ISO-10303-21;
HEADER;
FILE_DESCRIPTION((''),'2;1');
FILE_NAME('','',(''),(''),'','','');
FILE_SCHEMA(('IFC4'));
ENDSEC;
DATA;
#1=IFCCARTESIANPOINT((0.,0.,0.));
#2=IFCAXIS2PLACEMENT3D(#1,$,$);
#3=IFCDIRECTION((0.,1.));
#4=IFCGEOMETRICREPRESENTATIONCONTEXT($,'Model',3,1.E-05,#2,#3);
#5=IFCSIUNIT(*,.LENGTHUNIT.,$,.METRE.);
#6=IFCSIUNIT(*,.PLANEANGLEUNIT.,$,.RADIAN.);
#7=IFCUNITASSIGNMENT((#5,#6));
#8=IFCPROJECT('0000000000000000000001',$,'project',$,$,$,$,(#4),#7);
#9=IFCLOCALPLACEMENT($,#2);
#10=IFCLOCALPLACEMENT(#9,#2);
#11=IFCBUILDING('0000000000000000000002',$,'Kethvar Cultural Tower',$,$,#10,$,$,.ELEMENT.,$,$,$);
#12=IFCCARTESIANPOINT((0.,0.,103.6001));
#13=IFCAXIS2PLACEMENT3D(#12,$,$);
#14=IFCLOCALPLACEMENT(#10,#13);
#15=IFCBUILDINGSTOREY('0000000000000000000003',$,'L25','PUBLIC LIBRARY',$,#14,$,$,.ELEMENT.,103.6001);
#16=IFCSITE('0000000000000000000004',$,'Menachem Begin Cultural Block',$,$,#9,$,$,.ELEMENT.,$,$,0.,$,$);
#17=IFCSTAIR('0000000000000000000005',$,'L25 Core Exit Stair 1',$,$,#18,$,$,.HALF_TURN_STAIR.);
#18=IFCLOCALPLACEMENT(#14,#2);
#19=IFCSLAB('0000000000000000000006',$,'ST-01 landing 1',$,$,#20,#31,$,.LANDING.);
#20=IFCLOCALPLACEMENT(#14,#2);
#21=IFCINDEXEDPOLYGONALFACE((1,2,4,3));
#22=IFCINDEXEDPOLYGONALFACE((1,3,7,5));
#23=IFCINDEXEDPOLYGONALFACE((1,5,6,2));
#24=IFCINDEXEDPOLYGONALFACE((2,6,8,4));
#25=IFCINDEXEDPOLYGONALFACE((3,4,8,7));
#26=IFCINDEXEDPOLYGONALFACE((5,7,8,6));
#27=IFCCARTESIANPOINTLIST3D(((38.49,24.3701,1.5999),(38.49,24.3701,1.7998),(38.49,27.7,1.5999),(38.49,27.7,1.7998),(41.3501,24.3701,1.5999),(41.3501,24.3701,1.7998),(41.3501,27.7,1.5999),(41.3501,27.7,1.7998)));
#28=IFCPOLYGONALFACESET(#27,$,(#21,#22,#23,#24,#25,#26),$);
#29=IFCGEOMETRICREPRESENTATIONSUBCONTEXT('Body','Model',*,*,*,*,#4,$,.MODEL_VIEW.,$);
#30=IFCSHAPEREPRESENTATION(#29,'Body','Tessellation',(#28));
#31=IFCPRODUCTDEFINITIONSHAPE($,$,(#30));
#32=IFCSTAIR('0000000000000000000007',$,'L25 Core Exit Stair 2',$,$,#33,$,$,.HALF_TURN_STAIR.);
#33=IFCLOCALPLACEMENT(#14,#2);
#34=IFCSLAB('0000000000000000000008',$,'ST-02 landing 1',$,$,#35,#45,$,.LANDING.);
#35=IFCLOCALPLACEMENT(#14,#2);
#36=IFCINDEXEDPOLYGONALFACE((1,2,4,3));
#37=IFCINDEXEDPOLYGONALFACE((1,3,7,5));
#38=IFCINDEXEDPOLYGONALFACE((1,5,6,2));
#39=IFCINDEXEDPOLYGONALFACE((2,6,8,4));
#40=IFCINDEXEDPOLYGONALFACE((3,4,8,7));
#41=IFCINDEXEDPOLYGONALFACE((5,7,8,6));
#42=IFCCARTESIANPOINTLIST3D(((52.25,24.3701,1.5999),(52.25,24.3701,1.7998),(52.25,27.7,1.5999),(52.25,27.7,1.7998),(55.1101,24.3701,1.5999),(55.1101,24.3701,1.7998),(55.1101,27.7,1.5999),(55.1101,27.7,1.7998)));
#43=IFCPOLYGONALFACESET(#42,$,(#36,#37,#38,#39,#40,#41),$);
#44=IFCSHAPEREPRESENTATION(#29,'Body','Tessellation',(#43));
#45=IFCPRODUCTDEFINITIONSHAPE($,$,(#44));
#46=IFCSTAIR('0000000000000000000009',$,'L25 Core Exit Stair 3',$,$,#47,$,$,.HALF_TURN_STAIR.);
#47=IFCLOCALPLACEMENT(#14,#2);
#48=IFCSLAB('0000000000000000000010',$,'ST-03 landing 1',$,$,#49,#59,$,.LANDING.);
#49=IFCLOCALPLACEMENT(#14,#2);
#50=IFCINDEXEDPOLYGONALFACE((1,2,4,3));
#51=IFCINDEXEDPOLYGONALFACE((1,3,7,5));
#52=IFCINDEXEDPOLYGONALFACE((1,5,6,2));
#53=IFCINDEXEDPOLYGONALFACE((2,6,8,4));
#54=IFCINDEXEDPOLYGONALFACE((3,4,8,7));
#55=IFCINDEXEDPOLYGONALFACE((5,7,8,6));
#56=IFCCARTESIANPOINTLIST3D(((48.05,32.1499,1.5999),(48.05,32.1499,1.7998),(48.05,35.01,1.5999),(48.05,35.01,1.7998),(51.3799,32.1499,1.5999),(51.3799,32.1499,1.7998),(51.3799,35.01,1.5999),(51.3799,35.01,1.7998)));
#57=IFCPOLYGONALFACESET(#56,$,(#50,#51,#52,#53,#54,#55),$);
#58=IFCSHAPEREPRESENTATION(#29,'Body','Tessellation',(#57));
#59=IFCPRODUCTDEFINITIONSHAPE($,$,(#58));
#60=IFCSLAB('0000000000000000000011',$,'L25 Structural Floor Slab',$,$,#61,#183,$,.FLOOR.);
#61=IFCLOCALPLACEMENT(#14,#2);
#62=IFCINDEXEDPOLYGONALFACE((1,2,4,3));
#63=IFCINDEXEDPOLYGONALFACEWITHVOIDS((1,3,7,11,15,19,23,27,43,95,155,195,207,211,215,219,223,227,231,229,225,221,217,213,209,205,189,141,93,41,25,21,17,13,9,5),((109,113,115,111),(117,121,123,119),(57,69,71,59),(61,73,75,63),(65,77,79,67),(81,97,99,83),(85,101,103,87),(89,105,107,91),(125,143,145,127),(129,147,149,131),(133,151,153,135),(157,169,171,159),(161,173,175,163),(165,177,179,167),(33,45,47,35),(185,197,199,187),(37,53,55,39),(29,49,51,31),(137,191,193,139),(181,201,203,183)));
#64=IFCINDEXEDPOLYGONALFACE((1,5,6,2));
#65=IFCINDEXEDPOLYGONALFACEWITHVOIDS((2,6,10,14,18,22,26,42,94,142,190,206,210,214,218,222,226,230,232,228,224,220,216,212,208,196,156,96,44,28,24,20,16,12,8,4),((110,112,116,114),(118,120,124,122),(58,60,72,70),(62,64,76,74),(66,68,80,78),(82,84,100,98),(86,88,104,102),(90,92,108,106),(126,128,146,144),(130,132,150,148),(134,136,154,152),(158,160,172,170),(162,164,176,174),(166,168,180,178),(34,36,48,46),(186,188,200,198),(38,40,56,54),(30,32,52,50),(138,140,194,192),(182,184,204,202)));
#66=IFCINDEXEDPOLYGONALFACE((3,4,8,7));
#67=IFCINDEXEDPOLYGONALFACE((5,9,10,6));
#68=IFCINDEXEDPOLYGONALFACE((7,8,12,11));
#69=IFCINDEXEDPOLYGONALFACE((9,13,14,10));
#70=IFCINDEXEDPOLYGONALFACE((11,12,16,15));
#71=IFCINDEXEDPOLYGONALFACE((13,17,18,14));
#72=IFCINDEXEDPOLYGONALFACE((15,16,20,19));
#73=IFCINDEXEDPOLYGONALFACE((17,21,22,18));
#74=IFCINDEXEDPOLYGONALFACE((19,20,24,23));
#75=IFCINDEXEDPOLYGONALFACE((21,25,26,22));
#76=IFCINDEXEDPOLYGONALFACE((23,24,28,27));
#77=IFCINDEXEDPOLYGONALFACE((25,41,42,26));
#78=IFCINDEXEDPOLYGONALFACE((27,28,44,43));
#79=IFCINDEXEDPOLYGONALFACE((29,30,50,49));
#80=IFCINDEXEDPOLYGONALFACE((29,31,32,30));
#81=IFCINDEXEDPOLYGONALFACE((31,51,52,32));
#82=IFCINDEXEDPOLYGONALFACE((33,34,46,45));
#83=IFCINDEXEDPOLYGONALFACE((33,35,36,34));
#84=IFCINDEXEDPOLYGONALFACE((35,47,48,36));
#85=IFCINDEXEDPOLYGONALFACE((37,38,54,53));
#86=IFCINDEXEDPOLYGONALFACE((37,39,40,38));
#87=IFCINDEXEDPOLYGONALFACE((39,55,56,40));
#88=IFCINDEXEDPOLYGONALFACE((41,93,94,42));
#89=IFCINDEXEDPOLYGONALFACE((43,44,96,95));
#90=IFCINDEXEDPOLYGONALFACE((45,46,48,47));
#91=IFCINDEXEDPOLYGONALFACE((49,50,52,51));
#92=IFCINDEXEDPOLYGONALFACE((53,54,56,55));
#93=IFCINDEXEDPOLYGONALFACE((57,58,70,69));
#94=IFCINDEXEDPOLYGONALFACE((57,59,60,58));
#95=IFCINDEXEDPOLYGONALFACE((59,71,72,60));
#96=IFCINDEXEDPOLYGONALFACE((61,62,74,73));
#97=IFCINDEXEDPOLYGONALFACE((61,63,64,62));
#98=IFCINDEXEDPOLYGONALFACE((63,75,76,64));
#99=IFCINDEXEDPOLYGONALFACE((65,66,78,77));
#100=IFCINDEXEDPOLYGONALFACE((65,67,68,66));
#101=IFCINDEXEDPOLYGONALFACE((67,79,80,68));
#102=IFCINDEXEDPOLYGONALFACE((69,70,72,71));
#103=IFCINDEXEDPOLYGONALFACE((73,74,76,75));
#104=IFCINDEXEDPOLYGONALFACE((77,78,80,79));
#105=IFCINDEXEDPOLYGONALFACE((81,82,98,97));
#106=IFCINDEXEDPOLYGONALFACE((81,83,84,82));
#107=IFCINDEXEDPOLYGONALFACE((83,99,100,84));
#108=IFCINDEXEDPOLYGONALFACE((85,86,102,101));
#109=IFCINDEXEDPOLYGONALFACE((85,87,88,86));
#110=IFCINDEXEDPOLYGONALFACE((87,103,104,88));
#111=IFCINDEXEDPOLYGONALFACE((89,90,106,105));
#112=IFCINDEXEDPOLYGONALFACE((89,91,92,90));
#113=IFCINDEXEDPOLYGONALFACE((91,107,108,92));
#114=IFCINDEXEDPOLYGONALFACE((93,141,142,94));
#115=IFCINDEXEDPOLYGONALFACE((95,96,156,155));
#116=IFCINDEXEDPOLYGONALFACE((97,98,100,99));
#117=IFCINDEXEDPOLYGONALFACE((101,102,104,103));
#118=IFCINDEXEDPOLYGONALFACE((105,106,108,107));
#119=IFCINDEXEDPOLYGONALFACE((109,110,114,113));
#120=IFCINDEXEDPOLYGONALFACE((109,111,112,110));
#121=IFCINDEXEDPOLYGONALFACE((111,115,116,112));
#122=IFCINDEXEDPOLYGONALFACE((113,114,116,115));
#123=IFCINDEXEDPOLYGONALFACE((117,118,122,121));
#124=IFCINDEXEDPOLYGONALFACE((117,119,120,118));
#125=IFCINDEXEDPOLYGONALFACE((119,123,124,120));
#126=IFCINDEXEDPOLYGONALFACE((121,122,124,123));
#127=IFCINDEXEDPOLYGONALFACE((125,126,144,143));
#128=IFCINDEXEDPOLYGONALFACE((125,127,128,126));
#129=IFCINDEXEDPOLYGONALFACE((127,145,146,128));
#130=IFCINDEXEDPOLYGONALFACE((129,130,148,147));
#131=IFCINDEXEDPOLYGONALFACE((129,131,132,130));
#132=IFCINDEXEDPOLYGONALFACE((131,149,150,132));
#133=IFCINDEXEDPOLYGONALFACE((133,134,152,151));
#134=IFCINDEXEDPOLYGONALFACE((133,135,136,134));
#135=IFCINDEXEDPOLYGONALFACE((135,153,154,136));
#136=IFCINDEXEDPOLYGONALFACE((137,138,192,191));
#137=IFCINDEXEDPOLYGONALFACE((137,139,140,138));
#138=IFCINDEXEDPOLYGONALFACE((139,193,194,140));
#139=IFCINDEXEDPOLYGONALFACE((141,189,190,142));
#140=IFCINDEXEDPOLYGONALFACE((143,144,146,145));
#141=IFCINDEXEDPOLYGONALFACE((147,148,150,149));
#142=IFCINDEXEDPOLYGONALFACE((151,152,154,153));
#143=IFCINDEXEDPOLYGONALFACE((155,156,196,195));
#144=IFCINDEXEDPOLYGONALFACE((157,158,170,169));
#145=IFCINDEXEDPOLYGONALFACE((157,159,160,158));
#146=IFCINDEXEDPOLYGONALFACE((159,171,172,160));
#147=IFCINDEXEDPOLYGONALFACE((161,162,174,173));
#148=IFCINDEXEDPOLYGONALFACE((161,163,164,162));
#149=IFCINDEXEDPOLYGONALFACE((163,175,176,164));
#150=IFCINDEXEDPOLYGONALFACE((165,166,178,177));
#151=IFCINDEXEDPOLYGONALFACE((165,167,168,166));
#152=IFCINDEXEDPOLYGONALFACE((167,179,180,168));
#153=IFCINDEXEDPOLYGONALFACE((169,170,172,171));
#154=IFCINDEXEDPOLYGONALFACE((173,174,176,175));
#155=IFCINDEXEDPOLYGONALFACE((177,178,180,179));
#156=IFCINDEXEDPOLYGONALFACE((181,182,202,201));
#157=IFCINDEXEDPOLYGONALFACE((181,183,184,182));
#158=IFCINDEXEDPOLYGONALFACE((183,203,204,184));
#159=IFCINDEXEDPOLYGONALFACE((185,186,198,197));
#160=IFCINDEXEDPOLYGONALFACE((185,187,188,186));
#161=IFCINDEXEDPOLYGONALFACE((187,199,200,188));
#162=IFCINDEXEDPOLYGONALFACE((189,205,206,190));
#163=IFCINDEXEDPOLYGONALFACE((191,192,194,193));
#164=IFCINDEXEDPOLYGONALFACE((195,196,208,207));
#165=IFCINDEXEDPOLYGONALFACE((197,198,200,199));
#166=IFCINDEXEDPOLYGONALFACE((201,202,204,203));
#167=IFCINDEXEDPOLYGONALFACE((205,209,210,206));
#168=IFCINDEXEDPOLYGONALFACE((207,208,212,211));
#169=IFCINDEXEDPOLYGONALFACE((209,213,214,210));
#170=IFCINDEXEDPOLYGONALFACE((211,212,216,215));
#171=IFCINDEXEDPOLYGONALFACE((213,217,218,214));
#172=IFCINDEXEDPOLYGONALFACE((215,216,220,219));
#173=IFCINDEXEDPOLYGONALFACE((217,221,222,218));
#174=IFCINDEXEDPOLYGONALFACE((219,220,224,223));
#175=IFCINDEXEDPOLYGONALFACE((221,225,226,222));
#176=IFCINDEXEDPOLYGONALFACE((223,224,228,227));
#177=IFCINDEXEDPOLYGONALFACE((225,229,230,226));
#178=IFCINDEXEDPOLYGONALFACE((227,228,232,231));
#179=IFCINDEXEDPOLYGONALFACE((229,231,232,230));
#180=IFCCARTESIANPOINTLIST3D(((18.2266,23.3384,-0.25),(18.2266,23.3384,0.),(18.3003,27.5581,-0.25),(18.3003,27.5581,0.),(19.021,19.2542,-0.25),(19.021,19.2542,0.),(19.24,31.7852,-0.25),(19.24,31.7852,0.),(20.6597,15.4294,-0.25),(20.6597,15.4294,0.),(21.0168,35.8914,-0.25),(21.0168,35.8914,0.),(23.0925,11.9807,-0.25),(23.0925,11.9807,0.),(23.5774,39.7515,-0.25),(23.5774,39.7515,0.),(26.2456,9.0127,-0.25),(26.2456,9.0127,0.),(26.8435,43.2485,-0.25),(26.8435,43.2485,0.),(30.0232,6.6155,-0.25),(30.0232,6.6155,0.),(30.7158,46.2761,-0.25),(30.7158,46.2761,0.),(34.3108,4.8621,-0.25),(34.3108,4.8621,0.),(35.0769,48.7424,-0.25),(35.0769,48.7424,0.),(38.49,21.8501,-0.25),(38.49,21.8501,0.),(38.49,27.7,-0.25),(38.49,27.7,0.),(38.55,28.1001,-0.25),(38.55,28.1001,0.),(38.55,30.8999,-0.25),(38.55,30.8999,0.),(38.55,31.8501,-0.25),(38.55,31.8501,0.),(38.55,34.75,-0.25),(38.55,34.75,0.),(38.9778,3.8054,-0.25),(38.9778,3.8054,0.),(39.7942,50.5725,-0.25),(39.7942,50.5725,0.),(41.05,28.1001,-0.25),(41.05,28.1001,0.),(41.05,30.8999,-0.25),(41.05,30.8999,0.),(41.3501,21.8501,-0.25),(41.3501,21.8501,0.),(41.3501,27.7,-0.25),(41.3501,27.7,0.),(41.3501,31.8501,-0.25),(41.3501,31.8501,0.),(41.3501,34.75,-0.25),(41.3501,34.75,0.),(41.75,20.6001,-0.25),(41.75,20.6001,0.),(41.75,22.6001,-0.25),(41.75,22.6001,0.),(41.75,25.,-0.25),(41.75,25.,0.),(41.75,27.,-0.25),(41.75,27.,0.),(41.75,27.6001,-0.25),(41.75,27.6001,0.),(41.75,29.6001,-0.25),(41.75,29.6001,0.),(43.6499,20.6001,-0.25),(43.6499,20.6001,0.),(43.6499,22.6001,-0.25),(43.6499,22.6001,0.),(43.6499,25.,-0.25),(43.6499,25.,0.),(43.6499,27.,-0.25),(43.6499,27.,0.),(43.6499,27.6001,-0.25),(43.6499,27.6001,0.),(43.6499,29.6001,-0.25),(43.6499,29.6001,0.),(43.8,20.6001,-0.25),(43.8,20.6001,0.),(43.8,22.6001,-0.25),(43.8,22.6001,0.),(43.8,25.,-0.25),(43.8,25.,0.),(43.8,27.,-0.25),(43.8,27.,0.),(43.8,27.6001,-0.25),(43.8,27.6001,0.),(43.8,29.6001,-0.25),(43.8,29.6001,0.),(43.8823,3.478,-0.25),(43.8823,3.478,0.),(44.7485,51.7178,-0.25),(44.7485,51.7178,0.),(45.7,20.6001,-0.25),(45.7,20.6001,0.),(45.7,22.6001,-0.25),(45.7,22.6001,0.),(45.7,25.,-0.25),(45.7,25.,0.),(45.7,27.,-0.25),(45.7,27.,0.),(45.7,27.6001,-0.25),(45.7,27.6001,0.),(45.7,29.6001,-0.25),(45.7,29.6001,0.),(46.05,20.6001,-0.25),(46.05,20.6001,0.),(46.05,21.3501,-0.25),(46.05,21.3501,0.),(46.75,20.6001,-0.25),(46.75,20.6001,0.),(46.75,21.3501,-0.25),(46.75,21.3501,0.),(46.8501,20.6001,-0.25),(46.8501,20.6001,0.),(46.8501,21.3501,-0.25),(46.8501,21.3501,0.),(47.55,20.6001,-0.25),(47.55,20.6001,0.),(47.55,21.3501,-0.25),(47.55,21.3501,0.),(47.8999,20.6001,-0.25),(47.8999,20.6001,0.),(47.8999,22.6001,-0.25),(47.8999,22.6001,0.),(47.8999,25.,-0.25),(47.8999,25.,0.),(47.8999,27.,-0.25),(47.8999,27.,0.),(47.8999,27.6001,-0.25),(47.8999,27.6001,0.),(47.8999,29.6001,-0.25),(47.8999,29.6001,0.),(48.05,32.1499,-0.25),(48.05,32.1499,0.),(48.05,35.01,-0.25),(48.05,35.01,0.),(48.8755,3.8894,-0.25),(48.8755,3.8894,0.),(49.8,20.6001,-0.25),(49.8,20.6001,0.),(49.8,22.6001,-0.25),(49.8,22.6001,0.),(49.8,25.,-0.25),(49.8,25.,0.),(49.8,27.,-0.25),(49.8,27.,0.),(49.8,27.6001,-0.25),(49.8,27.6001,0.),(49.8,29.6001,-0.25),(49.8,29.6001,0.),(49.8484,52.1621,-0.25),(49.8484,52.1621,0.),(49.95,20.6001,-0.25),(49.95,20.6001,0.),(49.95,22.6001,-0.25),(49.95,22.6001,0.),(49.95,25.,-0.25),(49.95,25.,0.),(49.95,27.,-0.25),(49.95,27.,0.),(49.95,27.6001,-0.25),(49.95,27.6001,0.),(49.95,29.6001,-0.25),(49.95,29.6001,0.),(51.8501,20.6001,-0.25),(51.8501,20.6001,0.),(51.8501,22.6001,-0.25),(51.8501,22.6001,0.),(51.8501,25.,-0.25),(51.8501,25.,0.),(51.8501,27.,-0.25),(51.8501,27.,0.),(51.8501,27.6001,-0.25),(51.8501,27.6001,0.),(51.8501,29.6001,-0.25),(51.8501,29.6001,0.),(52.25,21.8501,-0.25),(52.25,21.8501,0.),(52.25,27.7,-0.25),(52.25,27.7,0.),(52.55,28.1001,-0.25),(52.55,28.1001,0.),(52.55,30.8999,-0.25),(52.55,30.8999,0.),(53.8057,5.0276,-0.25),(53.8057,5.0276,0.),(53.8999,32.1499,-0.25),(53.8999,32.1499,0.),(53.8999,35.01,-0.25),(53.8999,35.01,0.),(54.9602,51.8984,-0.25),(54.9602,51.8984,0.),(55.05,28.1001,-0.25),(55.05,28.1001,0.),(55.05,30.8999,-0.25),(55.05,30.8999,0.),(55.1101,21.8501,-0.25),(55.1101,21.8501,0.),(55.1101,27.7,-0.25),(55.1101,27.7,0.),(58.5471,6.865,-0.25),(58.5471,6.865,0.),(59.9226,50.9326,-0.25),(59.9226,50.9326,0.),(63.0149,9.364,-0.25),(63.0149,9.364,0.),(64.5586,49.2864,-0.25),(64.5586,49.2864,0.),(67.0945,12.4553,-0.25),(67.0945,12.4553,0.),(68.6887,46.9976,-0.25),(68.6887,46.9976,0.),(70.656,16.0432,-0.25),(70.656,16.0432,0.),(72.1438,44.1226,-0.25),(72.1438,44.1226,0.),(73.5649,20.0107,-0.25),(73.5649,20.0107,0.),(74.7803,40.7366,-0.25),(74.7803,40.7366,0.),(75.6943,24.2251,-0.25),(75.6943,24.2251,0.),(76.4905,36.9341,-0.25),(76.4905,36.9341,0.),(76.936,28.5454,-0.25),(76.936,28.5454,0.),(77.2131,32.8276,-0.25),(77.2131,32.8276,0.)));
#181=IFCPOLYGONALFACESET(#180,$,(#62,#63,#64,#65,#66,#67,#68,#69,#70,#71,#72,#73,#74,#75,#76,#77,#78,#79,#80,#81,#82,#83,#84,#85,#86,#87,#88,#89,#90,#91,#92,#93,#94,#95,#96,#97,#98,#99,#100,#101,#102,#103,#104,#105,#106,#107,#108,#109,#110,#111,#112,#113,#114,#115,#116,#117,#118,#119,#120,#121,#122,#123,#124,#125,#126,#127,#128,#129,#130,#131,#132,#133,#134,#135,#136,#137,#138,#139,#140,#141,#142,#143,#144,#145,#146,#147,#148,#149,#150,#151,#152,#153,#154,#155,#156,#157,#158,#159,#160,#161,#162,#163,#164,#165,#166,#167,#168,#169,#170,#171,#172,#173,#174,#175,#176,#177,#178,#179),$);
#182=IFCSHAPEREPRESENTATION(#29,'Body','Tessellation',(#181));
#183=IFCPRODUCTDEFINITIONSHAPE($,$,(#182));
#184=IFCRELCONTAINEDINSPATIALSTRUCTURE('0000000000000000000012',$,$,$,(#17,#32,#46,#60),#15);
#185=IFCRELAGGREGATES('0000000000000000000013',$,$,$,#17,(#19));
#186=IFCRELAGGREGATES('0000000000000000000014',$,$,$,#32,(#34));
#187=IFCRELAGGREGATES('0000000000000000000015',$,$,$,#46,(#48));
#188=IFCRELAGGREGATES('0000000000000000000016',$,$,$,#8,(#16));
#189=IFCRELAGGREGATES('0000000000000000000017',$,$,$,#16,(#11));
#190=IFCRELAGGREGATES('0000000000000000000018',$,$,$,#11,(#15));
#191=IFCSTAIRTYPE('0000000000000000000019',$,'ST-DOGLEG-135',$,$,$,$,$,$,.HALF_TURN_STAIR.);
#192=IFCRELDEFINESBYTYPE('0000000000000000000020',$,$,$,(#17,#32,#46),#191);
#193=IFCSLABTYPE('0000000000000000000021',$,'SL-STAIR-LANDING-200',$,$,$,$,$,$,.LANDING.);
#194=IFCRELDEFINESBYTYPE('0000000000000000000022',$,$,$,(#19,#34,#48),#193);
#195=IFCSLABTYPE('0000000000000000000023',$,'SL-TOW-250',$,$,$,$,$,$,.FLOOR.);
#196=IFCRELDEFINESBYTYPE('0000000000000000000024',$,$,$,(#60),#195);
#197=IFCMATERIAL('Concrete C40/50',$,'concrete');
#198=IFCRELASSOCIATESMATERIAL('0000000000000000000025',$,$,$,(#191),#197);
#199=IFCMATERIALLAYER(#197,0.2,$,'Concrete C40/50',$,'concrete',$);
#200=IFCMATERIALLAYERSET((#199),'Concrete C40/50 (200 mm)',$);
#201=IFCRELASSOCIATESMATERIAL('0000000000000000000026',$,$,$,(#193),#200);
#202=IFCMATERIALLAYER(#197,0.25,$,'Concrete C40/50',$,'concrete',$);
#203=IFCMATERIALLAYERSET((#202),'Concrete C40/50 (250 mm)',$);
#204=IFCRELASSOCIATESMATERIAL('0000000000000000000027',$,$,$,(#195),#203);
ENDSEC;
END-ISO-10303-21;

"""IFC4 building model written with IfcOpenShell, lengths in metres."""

from ifc_helpers import new_model, si_unit, direction, frame, origin, place, context, subcontext, project, spatial, polyline, outline, extrude, material, layer, layer_set, type_object, element, aggregate, save


model = new_model("IFC4")

# Units and contexts
model_context = context("Model", 3, precision=1e-05, world=origin(), true_north=direction((0.0, 1.0)))
body_context = subcontext(model_context, "Body", "Model", "MODEL_VIEW")
ifc_project = project(units=[si_unit("LENGTHUNIT", "METRE"), si_unit("PLANEANGLEUNIT", "RADIAN")], contexts=[model_context])

# Site, building, storey
site_placement = place(None, origin())
site = spatial("IfcSite", under=ifc_project, at=site_placement, Name="Menachem Begin Cultural Block", CompositionType="ELEMENT", RefElevation=0.0)
building_placement = place(site_placement, origin())
building = spatial("IfcBuilding", under=site, at=building_placement, Name="Kethvar Cultural Tower", CompositionType="ELEMENT")
storey_placement = place(building_placement, frame((0.0, 0.0, 103.6001)))
storey = spatial("IfcBuildingStorey", under=building, at=storey_placement, Name="L25", Description="PUBLIC LIBRARY", CompositionType="ELEMENT", Elevation=103.6001)

# Stairs, slabs
ifc_material_1 = material(Name="Concrete C40/50", Category="concrete")
stair_type = type_object("IfcStairType", Name="ST-DOGLEG-135", PredefinedType="HALF_TURN_STAIR", material=ifc_material_1)
stair_1_placement = place(storey_placement, origin())
stair_1 = element("IfcStair", 1, at=stair_1_placement, inside=storey, type_object=stair_type, Name="L25 Core Exit Stair 1", PredefinedType="HALF_TURN_STAIR")
ifc_layer_1 = layer(ifc_material_1, 0.2, Name="Concrete C40/50", Category="concrete")
ifc_layer_set_1 = layer_set([ifc_layer_1], Name="Concrete C40/50 (200 mm)")
slab_type_1 = type_object("IfcSlabType", Name="SL-STAIR-LANDING-200", PredefinedType="LANDING", material=ifc_layer_set_1)
slab_1_placement = place(storey_placement, frame((0.0, 0.0, 1.5999)))
slab_1 = element("IfcSlab", 2, at=slab_1_placement, type_object=slab_type_1, Name="ST-01 landing 1", PredefinedType="LANDING", context=body_context, shape_type="SweptSolid", body=[
    extrude(outline(polyline([(41.3501, 24.3701), (41.3501, 27.7), (38.49, 27.7), (38.49, 24.3701), (41.3501, 24.3701)])), origin(), (0.0, 0.0, 1.0), 0.2),
])
aggregate(stair_1, [slab_1])
stair_2_placement = place(storey_placement, origin())
stair_2 = element("IfcStair", 3, at=stair_2_placement, inside=storey, type_object=stair_type, Name="L25 Core Exit Stair 2", PredefinedType="HALF_TURN_STAIR")
slab_2_placement = place(storey_placement, frame((0.0, 0.0, 1.5999)))
slab_2 = element("IfcSlab", 4, at=slab_2_placement, type_object=slab_type_1, Name="ST-02 landing 1", PredefinedType="LANDING", context=body_context, shape_type="SweptSolid", body=[
    extrude(outline(polyline([(55.1101, 24.3701), (55.1101, 27.7), (52.25, 27.7), (52.25, 24.3701), (55.1101, 24.3701)])), origin(), (0.0, 0.0, 1.0), 0.2),
])
aggregate(stair_2, [slab_2])
stair_3_placement = place(storey_placement, origin())
stair_3 = element("IfcStair", 5, at=stair_3_placement, inside=storey, type_object=stair_type, Name="L25 Core Exit Stair 3", PredefinedType="HALF_TURN_STAIR")
slab_3_placement = place(storey_placement, frame((0.0, 0.0, 1.5999)))
slab_3 = element("IfcSlab", 6, at=slab_3_placement, type_object=slab_type_1, Name="ST-03 landing 1", PredefinedType="LANDING", context=body_context, shape_type="SweptSolid", body=[
    extrude(outline(polyline([(51.3799, 35.01), (48.05, 35.01), (48.05, 32.1499), (51.3799, 32.1499), (51.3799, 35.01)])), origin(), (0.0, 0.0, 1.0), 0.2),
])
aggregate(stair_3, [slab_3])

# Slab
ifc_layer_2 = layer(ifc_material_1, 0.25, Name="Concrete C40/50", Category="concrete")
ifc_layer_set_2 = layer_set([ifc_layer_2], Name="Concrete C40/50 (250 mm)")
slab_type_2 = type_object("IfcSlabType", Name="SL-TOW-250", PredefinedType="FLOOR", material=ifc_layer_set_2)
slab_4_placement = place(storey_placement, frame((0.0, 0.0, -0.25)))
element("IfcSlab", 7, at=slab_4_placement, inside=storey, type_object=slab_type_2, Name="L25 Structural Floor Slab", PredefinedType="FLOOR", context=body_context, shape_type="SweptSolid", body=[
    extrude(outline(polyline([(76.4905, 36.9341), (74.7803, 40.7366), (72.1438, 44.1226), (68.6887, 46.9976), (64.5586, 49.2864), (59.9226, 50.9326), (54.9602, 51.8984), (49.8484, 52.1621), (44.7485, 51.7178), (39.7942, 50.5725), (35.0769, 48.7424), (30.7158, 46.2761), (26.8435, 43.2485), (23.5774, 39.7515), (21.0168, 35.8914), (19.24, 31.7852), (18.3003, 27.5581), (18.2266, 23.3384), (19.021, 19.2542), (20.6597, 15.4294), (23.0925, 11.9807), (26.2456, 9.0127), (30.0232, 6.6155), (34.3108, 4.8621), (38.9778, 3.8054), (43.8823, 3.478), (48.8755, 3.8894), (53.8057, 5.0276), (58.5471, 6.865), (63.0149, 9.364), (67.0945, 12.4553), (70.656, 16.0432), (73.5649, 20.0107), (75.6943, 24.2251), (76.936, 28.5454), (77.2131, 32.8276), (76.4905, 36.9341)]), holes=[polyline([(38.49, 21.8501), (38.49, 27.7), (41.3501, 27.7), (41.3501, 21.8501), (38.49, 21.8501)]), polyline([(52.25, 21.8501), (52.25, 27.7), (55.1101, 27.7), (55.1101, 21.8501), (52.25, 21.8501)]), polyline([(53.8999, 32.1499), (48.05, 32.1499), (48.05, 35.01), (53.8999, 35.01), (53.8999, 32.1499)]), polyline([(41.75, 22.6001), (43.6499, 22.6001), (43.6499, 20.6001), (41.75, 20.6001), (41.75, 22.6001)]), polyline([(43.8, 22.6001), (45.7, 22.6001), (45.7, 20.6001), (43.8, 20.6001), (43.8, 22.6001)]), polyline([(47.8999, 22.6001), (49.8, 22.6001), (49.8, 20.6001), (47.8999, 20.6001), (47.8999, 22.6001)]), polyline([(49.95, 22.6001), (51.8501, 22.6001), (51.8501, 20.6001), (49.95, 20.6001), (49.95, 22.6001)]), polyline([(41.75, 27.0), (43.6499, 27.0), (43.6499, 25.0), (41.75, 25.0), (41.75, 27.0)]), polyline([(43.8, 27.0), (45.7, 27.0), (45.7, 25.0), (43.8, 25.0), (43.8, 27.0)]), polyline([(47.8999, 27.0), (49.8, 27.0), (49.8, 25.0), (47.8999, 25.0), (47.8999, 27.0)]), polyline([(49.95, 27.0), (51.8501, 27.0), (51.8501, 25.0), (49.95, 25.0), (49.95, 27.0)]), polyline([(41.75, 29.6001), (43.6499, 29.6001), (43.6499, 27.6001), (41.75, 27.6001), (41.75, 29.6001)]), polyline([(43.8, 29.6001), (45.7, 29.6001), (45.7, 27.6001), (43.8, 27.6001), (43.8, 29.6001)]), polyline([(47.8999, 29.6001), (49.8, 29.6001), (49.8, 27.6001), (47.8999, 27.6001), (47.8999, 29.6001)]), polyline([(49.95, 29.6001), (51.8501, 29.6001), (51.8501, 27.6001), (49.95, 27.6001), (49.95, 29.6001)]), polyline([(38.55, 30.8999), (41.05, 30.8999), (41.05, 28.1001), (38.55, 28.1001), (38.55, 30.8999)]), polyline([(52.55, 30.8999), (55.05, 30.8999), (55.05, 28.1001), (52.55, 28.1001), (52.55, 30.8999)]), polyline([(38.55, 34.75), (41.3501, 34.75), (41.3501, 31.8501), (38.55, 31.8501), (38.55, 34.75)]), polyline([(46.05, 21.3501), (46.75, 21.3501), (46.75, 20.6001), (46.05, 20.6001), (46.05, 21.3501)]), polyline([(46.8501, 21.3501), (47.55, 21.3501), (47.55, 20.6001), (46.8501, 20.6001), (46.8501, 21.3501)])]), origin(), (0.0, 0.0, 1.0), 0.25),
])

save(model, "model.ifc")
